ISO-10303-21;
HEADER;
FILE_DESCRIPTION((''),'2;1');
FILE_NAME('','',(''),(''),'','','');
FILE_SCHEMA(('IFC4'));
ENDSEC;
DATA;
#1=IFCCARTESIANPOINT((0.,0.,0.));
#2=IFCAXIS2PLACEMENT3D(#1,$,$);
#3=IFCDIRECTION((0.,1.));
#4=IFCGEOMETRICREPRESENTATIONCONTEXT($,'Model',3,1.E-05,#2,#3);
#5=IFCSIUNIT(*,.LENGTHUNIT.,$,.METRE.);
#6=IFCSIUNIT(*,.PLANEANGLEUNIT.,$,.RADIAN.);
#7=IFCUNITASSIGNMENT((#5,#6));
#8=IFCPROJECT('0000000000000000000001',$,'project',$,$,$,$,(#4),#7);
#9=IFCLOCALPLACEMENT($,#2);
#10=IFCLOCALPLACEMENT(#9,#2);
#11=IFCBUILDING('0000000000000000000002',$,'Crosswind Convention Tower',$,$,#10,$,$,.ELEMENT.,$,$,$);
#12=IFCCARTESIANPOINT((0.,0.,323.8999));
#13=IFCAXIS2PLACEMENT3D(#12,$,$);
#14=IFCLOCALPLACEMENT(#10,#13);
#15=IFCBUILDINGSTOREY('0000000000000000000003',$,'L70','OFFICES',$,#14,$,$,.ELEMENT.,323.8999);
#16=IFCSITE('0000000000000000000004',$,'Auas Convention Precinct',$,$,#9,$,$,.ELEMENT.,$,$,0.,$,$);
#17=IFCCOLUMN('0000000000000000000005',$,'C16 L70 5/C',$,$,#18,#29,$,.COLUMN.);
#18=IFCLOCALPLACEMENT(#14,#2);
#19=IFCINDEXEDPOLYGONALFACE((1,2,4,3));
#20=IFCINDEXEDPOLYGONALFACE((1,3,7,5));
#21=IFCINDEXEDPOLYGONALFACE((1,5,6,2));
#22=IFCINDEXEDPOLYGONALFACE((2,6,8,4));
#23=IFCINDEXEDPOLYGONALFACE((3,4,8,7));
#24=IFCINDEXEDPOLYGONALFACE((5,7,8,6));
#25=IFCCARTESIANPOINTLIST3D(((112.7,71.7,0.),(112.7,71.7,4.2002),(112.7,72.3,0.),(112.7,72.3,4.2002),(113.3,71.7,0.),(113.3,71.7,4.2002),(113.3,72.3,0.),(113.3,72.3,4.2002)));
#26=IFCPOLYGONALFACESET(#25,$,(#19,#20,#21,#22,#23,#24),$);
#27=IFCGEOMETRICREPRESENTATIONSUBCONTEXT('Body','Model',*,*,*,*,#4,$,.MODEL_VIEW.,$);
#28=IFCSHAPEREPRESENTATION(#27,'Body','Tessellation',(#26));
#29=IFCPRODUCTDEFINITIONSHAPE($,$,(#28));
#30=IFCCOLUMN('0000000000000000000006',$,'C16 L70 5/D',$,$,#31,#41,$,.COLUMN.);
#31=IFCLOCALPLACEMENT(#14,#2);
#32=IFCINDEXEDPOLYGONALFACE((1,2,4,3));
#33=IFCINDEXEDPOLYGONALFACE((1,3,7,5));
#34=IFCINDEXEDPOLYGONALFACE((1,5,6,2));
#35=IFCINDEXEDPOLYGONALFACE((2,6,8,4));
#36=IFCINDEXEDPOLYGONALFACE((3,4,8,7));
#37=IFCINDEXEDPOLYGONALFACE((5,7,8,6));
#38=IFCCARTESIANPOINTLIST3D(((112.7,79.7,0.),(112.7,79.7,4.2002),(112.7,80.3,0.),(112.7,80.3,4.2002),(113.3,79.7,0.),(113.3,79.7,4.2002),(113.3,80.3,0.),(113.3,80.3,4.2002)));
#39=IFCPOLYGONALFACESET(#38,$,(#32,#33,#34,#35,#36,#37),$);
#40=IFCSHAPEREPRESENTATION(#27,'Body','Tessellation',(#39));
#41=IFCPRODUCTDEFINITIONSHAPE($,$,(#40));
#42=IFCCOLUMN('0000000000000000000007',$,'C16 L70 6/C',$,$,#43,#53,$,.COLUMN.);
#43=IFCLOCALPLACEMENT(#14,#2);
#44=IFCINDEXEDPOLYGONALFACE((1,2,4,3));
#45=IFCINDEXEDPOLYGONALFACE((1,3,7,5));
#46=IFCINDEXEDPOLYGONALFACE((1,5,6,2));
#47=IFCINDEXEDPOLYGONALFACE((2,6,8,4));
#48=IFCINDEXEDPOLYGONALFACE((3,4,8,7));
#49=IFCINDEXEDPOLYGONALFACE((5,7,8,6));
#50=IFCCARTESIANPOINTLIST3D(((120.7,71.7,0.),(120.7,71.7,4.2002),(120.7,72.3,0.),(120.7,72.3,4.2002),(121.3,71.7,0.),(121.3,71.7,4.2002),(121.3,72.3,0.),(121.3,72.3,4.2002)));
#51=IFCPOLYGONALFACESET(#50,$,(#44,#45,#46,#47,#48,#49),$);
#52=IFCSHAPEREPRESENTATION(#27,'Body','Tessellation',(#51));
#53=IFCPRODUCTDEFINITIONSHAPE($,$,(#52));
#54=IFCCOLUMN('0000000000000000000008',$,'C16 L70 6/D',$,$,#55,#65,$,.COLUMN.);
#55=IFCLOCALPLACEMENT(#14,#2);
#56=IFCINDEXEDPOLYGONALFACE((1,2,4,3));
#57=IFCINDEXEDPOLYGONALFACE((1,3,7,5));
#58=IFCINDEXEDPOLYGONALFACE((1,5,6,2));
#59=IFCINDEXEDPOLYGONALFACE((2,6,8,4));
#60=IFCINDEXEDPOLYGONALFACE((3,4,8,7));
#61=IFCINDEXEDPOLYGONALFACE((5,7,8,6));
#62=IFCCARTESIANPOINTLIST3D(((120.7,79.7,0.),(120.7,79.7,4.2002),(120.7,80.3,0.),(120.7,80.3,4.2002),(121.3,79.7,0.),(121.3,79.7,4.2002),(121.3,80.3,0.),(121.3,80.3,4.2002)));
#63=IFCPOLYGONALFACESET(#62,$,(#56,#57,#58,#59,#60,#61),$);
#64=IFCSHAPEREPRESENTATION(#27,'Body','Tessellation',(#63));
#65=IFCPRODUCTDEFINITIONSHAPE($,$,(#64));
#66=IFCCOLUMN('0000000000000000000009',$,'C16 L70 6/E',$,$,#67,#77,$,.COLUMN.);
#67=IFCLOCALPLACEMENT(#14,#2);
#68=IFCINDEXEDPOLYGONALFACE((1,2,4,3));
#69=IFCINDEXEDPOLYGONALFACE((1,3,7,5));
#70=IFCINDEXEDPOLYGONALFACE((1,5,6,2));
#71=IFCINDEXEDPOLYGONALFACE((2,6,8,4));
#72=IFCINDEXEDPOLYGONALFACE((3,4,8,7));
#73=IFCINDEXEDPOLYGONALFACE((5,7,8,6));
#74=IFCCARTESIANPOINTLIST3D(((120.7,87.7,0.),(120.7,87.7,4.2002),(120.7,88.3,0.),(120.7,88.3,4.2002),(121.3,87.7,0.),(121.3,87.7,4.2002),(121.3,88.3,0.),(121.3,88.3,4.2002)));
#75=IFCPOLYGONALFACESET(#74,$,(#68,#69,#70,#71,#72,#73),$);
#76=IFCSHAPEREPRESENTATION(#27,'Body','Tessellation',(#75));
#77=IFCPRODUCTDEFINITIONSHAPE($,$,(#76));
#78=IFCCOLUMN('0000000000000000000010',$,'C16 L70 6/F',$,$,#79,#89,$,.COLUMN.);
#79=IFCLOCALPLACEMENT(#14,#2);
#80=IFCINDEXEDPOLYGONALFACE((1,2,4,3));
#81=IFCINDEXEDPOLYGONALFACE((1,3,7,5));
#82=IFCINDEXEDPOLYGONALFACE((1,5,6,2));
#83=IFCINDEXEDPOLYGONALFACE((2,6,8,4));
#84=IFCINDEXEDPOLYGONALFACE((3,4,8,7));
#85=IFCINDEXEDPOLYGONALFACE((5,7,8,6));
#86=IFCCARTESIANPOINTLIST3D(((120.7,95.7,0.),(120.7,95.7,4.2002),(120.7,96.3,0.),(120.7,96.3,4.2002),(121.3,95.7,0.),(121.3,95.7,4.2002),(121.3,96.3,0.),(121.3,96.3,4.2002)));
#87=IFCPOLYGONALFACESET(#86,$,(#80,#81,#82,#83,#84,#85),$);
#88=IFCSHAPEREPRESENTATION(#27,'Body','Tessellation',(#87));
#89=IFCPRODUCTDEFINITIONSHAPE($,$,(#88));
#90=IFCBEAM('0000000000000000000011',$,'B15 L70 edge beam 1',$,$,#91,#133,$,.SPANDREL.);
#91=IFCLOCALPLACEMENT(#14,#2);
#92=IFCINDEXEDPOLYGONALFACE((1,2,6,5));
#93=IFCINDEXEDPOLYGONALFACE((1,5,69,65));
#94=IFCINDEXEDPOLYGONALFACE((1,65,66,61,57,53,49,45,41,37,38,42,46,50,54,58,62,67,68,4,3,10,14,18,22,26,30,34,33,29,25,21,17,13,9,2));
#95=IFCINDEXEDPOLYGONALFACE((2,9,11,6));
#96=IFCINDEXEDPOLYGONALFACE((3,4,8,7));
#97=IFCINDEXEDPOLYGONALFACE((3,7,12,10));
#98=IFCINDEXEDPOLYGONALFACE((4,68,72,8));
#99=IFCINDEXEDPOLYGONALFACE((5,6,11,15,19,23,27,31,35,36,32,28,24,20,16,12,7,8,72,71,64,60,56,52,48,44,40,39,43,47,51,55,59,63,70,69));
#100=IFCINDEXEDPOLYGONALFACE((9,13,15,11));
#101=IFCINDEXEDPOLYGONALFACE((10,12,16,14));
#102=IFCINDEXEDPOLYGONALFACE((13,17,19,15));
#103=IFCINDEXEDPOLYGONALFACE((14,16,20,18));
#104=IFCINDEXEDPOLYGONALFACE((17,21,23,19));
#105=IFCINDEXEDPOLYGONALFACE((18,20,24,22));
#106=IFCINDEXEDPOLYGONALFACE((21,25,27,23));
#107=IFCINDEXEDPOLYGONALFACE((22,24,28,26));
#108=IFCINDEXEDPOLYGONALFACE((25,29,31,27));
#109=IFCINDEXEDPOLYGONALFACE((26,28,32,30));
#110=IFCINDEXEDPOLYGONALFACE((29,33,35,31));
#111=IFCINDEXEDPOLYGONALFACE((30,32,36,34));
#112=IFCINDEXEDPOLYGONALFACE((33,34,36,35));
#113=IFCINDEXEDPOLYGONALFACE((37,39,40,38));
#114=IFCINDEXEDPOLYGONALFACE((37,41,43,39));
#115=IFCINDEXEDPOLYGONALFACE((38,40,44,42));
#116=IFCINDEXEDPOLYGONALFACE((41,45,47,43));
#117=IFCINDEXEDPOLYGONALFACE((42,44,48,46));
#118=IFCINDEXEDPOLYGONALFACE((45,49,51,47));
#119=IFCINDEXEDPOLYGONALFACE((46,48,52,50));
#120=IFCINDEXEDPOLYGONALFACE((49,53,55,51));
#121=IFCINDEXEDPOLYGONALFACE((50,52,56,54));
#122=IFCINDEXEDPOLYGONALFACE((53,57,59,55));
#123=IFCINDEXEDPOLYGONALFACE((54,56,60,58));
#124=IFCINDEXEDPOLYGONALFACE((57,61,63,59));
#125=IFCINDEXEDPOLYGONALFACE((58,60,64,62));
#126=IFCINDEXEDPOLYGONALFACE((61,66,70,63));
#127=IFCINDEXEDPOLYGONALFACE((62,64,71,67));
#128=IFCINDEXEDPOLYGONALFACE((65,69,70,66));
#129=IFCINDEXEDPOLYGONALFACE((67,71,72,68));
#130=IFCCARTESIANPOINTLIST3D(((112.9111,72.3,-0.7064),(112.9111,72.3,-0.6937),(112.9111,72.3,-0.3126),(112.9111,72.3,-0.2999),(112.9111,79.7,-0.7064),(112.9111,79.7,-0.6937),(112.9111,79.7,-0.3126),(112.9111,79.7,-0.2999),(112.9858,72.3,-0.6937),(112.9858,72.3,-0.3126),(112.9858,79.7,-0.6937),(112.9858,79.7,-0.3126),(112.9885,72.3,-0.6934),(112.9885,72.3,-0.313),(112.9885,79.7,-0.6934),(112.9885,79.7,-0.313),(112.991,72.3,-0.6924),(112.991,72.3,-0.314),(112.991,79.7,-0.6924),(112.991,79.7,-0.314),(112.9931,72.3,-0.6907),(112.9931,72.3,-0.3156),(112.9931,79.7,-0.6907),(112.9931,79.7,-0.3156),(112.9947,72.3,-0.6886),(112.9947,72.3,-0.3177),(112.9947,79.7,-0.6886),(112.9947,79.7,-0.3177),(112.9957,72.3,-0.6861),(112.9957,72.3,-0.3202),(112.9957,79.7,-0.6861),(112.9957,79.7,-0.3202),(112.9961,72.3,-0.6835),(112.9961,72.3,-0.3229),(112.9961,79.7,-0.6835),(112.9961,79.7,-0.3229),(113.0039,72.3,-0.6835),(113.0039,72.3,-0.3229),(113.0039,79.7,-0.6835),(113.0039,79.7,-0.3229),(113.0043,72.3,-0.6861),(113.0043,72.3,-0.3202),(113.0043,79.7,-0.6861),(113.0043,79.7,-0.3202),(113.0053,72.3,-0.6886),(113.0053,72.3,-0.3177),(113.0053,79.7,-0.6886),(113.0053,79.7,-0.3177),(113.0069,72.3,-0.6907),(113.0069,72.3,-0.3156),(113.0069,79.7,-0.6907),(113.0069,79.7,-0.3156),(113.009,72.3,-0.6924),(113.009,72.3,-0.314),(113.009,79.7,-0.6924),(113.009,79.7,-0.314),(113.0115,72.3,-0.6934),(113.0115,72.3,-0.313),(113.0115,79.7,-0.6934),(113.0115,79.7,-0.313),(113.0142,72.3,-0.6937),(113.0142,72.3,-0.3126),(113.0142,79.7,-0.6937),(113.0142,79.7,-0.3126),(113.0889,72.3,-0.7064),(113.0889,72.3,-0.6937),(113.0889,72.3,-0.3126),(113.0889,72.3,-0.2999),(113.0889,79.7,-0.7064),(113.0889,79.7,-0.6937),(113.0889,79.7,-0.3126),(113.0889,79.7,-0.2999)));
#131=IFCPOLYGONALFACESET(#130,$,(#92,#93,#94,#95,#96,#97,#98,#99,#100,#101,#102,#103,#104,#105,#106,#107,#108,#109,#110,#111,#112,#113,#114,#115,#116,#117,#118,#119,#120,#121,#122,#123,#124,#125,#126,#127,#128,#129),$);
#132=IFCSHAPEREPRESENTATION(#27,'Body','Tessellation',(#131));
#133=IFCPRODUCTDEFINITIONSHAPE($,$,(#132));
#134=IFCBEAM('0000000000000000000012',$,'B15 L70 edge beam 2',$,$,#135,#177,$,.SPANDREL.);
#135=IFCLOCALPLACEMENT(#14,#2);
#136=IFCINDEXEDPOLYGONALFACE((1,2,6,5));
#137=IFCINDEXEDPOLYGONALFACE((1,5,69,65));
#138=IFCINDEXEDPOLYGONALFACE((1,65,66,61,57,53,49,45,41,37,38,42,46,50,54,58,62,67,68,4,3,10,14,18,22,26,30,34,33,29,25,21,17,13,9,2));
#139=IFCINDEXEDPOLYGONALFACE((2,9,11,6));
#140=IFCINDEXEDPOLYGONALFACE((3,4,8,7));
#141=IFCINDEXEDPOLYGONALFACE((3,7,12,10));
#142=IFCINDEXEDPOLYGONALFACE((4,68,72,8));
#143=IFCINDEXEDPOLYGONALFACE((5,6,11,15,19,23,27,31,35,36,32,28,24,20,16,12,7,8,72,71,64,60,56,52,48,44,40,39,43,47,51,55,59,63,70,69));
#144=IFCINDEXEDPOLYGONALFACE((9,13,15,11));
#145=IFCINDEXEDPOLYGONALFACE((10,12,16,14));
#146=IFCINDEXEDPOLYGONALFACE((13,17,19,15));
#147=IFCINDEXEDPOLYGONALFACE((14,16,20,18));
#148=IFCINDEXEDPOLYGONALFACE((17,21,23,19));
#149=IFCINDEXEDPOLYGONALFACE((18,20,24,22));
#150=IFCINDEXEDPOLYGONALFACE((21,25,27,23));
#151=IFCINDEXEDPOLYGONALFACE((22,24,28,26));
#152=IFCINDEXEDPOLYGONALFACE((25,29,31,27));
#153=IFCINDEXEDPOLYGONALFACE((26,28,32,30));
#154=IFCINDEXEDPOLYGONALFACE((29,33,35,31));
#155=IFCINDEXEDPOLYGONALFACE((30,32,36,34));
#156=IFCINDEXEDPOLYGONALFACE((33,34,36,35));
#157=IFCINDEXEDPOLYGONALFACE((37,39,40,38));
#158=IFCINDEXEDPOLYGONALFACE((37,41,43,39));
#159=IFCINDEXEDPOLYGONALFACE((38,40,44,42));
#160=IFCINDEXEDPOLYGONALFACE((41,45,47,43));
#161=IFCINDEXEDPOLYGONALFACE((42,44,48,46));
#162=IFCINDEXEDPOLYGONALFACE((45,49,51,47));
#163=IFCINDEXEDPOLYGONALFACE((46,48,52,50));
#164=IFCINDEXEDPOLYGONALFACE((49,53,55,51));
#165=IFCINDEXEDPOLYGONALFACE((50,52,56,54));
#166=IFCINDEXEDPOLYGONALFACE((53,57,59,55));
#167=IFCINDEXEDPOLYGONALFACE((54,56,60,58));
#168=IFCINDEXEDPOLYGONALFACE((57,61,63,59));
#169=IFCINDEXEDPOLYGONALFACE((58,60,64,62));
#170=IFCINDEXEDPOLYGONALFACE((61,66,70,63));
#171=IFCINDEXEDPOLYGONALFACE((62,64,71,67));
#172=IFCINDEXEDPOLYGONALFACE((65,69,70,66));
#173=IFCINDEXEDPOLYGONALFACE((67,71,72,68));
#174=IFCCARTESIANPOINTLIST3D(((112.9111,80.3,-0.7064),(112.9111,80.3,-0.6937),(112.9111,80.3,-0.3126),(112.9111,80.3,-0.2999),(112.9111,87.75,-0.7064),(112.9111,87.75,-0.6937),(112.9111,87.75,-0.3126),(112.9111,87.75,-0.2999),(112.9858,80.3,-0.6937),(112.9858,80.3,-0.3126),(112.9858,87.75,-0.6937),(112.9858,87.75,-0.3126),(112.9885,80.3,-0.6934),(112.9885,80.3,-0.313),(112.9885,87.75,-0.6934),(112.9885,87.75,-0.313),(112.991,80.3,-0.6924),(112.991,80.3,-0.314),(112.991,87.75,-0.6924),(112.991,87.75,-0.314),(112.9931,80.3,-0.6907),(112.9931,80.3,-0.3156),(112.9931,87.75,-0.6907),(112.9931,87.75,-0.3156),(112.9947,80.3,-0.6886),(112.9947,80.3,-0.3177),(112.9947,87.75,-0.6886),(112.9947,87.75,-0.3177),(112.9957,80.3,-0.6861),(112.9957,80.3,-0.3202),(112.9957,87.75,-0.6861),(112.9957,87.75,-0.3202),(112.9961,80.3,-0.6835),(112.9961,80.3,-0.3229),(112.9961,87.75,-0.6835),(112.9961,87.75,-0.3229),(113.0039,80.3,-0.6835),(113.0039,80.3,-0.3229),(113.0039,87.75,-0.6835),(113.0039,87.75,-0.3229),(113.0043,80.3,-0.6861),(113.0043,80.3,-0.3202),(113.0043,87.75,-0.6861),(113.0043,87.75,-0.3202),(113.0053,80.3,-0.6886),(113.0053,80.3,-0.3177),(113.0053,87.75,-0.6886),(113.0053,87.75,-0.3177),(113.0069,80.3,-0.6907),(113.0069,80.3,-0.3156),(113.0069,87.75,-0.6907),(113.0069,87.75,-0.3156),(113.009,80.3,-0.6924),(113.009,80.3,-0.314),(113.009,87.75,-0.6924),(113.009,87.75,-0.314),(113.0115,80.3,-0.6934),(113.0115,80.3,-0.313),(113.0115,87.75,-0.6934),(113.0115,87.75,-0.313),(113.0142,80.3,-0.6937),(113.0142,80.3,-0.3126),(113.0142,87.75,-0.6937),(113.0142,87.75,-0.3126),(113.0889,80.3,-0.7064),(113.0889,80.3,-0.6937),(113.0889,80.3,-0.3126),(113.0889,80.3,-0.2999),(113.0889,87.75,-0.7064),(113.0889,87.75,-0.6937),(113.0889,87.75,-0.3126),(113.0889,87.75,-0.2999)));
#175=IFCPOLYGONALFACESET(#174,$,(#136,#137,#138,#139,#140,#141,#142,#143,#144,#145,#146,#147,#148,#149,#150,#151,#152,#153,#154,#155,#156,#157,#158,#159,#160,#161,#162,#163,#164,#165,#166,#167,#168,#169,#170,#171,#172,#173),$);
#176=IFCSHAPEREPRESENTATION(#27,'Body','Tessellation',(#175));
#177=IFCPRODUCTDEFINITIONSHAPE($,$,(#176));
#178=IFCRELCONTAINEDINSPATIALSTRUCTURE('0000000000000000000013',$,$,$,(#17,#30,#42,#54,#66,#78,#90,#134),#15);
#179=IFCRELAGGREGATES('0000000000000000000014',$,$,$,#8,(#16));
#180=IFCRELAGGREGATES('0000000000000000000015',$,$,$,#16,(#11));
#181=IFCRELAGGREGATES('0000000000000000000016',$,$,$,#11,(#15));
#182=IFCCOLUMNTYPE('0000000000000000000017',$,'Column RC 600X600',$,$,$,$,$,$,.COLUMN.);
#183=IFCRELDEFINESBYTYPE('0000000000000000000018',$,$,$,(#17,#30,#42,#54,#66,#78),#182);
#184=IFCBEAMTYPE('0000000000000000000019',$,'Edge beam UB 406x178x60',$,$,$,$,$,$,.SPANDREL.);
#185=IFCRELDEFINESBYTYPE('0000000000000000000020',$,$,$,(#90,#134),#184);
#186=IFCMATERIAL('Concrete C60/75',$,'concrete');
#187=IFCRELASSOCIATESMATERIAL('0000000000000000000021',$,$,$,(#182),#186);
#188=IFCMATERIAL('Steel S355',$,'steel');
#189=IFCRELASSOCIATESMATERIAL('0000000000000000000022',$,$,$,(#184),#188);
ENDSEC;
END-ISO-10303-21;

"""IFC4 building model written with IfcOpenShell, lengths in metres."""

from ifc_helpers import new_model, si_unit, direction, frame, origin, origin_2d, place, context, subcontext, project, spatial, rectangle, i_section, extrude, material, material_profile, profile_set, type_object, element, save


model = new_model("IFC4")

# Units and contexts
model_context = context("Model", 3, precision=1e-05, world=origin(), true_north=direction((0.0, 1.0)))
body_context = subcontext(model_context, "Body", "Model", "MODEL_VIEW")
ifc_project = project(units=[si_unit("LENGTHUNIT", "METRE"), si_unit("PLANEANGLEUNIT", "RADIAN")], contexts=[model_context])

# Site, building, storey
site_placement = place(None, origin())
site = spatial("IfcSite", under=ifc_project, at=site_placement, Name="Auas Convention Precinct", CompositionType="ELEMENT", RefElevation=0.0)
building_placement = place(site_placement, origin())
building = spatial("IfcBuilding", under=site, at=building_placement, Name="Crosswind Convention Tower", CompositionType="ELEMENT")
storey_placement = place(building_placement, frame((0.0, 0.0, 323.8999)))
storey = spatial("IfcBuildingStorey", under=building, at=storey_placement, Name="L70", Description="OFFICES", CompositionType="ELEMENT", Elevation=323.8999)

# Columns
ifc_material_1 = material(Name="Concrete C60/75", Category="concrete")
ifc_material_profile_1 = material_profile(ifc_material_1, rectangle(XDim=0.6001, YDim=0.6001, at=origin_2d()), Name="RC 600X600")
ifc_profile_set_1 = profile_set([ifc_material_profile_1], Name="Concrete C60/75")
column_type = type_object("IfcColumnType", Name="Column RC 600X600", PredefinedType="COLUMN", material=ifc_profile_set_1)
for number, where, z_axis, x_axis, name in (
    (1, (113.0, 72.0, 0.0), (0.0, 0.0, 1.0), (1.0, 0.0, 0.0), "C16 L70 5/C"),
    (2, (113.0, 80.0, 0.0), (0.0, 0.0, 1.0), (1.0, 0.0, 0.0), "C16 L70 5/D"),
    (3, (121.0, 72.0, 0.0), (0.0, 0.0, 1.0), (1.0, 0.0, 0.0), "C16 L70 6/C"),
    (4, (121.0, 80.0, 0.0), (0.0, 0.0, 1.0), (1.0, 0.0, 0.0), "C16 L70 6/D"),
    (5, (121.0, 88.0, 0.0), (0.0, 0.0, 1.0), (1.0, 0.0, 0.0), "C16 L70 6/E"),
    (6, (121.0, 96.0, 0.0), (0.0, 0.0, 1.0), (1.0, 0.0, 0.0), "C16 L70 6/F"),
):
    element("IfcColumn", number, at=place(storey_placement, frame(where, z_axis=z_axis, x_axis=x_axis)), inside=storey, type_object=column_type, Name=name, PredefinedType="COLUMN", context=body_context, shape_type="SweptSolid", body=[
        extrude(rectangle(XDim=0.6001, YDim=0.6001, at=origin_2d()), origin(), (0.0, 0.0, 1.0), 4.2002),
    ])

# Beams
ifc_material_2 = material(Name="Steel S355", Category="steel")
ifc_material_profile_2 = material_profile(ifc_material_2, i_section(OverallWidth=0.1777, OverallDepth=0.4065, WebThickness=0.0078, FlangeThickness=0.0127, FilletRadius=0.0103, at=origin_2d()), Name="UB 406x178x60")
ifc_profile_set_2 = profile_set([ifc_material_profile_2], Name="Steel S355")
beam_type_1 = type_object("IfcBeamType", Name="Edge beam UB 406x178x60", PredefinedType="SPANDREL", material=ifc_profile_set_2)
beam_1_placement = place(storey_placement, frame((113.0, 72.3, -0.5032), z_axis=(0.0, 1.0, 0.0), x_axis=(-1.0, 0.0, 0.0)))
element("IfcBeam", 7, at=beam_1_placement, inside=storey, type_object=beam_type_1, Name="B15 L70 edge beam 1", PredefinedType="SPANDREL", context=body_context, shape_type="SweptSolid", body=[
    extrude(i_section(OverallWidth=0.1777, OverallDepth=0.4065, WebThickness=0.0078, FlangeThickness=0.0127, FilletRadius=0.0103, at=origin_2d()), origin(), (0.0, 0.0, 1.0), 7.3999),
])
beam_2_placement = place(storey_placement, frame((113.0, 80.3, -0.5032), z_axis=(0.0, 1.0, 0.0), x_axis=(-1.0, 0.0, 0.0)))
element("IfcBeam", 8, at=beam_2_placement, inside=storey, type_object=beam_type_1, Name="B15 L70 edge beam 2", PredefinedType="SPANDREL", context=body_context, shape_type="SweptSolid", body=[
    extrude(i_section(OverallWidth=0.1777, OverallDepth=0.4065, WebThickness=0.0078, FlangeThickness=0.0127, FilletRadius=0.0103, at=origin_2d()), origin(), (0.0, 0.0, 1.0), 7.45),
])

save(model, "model.ifc")
